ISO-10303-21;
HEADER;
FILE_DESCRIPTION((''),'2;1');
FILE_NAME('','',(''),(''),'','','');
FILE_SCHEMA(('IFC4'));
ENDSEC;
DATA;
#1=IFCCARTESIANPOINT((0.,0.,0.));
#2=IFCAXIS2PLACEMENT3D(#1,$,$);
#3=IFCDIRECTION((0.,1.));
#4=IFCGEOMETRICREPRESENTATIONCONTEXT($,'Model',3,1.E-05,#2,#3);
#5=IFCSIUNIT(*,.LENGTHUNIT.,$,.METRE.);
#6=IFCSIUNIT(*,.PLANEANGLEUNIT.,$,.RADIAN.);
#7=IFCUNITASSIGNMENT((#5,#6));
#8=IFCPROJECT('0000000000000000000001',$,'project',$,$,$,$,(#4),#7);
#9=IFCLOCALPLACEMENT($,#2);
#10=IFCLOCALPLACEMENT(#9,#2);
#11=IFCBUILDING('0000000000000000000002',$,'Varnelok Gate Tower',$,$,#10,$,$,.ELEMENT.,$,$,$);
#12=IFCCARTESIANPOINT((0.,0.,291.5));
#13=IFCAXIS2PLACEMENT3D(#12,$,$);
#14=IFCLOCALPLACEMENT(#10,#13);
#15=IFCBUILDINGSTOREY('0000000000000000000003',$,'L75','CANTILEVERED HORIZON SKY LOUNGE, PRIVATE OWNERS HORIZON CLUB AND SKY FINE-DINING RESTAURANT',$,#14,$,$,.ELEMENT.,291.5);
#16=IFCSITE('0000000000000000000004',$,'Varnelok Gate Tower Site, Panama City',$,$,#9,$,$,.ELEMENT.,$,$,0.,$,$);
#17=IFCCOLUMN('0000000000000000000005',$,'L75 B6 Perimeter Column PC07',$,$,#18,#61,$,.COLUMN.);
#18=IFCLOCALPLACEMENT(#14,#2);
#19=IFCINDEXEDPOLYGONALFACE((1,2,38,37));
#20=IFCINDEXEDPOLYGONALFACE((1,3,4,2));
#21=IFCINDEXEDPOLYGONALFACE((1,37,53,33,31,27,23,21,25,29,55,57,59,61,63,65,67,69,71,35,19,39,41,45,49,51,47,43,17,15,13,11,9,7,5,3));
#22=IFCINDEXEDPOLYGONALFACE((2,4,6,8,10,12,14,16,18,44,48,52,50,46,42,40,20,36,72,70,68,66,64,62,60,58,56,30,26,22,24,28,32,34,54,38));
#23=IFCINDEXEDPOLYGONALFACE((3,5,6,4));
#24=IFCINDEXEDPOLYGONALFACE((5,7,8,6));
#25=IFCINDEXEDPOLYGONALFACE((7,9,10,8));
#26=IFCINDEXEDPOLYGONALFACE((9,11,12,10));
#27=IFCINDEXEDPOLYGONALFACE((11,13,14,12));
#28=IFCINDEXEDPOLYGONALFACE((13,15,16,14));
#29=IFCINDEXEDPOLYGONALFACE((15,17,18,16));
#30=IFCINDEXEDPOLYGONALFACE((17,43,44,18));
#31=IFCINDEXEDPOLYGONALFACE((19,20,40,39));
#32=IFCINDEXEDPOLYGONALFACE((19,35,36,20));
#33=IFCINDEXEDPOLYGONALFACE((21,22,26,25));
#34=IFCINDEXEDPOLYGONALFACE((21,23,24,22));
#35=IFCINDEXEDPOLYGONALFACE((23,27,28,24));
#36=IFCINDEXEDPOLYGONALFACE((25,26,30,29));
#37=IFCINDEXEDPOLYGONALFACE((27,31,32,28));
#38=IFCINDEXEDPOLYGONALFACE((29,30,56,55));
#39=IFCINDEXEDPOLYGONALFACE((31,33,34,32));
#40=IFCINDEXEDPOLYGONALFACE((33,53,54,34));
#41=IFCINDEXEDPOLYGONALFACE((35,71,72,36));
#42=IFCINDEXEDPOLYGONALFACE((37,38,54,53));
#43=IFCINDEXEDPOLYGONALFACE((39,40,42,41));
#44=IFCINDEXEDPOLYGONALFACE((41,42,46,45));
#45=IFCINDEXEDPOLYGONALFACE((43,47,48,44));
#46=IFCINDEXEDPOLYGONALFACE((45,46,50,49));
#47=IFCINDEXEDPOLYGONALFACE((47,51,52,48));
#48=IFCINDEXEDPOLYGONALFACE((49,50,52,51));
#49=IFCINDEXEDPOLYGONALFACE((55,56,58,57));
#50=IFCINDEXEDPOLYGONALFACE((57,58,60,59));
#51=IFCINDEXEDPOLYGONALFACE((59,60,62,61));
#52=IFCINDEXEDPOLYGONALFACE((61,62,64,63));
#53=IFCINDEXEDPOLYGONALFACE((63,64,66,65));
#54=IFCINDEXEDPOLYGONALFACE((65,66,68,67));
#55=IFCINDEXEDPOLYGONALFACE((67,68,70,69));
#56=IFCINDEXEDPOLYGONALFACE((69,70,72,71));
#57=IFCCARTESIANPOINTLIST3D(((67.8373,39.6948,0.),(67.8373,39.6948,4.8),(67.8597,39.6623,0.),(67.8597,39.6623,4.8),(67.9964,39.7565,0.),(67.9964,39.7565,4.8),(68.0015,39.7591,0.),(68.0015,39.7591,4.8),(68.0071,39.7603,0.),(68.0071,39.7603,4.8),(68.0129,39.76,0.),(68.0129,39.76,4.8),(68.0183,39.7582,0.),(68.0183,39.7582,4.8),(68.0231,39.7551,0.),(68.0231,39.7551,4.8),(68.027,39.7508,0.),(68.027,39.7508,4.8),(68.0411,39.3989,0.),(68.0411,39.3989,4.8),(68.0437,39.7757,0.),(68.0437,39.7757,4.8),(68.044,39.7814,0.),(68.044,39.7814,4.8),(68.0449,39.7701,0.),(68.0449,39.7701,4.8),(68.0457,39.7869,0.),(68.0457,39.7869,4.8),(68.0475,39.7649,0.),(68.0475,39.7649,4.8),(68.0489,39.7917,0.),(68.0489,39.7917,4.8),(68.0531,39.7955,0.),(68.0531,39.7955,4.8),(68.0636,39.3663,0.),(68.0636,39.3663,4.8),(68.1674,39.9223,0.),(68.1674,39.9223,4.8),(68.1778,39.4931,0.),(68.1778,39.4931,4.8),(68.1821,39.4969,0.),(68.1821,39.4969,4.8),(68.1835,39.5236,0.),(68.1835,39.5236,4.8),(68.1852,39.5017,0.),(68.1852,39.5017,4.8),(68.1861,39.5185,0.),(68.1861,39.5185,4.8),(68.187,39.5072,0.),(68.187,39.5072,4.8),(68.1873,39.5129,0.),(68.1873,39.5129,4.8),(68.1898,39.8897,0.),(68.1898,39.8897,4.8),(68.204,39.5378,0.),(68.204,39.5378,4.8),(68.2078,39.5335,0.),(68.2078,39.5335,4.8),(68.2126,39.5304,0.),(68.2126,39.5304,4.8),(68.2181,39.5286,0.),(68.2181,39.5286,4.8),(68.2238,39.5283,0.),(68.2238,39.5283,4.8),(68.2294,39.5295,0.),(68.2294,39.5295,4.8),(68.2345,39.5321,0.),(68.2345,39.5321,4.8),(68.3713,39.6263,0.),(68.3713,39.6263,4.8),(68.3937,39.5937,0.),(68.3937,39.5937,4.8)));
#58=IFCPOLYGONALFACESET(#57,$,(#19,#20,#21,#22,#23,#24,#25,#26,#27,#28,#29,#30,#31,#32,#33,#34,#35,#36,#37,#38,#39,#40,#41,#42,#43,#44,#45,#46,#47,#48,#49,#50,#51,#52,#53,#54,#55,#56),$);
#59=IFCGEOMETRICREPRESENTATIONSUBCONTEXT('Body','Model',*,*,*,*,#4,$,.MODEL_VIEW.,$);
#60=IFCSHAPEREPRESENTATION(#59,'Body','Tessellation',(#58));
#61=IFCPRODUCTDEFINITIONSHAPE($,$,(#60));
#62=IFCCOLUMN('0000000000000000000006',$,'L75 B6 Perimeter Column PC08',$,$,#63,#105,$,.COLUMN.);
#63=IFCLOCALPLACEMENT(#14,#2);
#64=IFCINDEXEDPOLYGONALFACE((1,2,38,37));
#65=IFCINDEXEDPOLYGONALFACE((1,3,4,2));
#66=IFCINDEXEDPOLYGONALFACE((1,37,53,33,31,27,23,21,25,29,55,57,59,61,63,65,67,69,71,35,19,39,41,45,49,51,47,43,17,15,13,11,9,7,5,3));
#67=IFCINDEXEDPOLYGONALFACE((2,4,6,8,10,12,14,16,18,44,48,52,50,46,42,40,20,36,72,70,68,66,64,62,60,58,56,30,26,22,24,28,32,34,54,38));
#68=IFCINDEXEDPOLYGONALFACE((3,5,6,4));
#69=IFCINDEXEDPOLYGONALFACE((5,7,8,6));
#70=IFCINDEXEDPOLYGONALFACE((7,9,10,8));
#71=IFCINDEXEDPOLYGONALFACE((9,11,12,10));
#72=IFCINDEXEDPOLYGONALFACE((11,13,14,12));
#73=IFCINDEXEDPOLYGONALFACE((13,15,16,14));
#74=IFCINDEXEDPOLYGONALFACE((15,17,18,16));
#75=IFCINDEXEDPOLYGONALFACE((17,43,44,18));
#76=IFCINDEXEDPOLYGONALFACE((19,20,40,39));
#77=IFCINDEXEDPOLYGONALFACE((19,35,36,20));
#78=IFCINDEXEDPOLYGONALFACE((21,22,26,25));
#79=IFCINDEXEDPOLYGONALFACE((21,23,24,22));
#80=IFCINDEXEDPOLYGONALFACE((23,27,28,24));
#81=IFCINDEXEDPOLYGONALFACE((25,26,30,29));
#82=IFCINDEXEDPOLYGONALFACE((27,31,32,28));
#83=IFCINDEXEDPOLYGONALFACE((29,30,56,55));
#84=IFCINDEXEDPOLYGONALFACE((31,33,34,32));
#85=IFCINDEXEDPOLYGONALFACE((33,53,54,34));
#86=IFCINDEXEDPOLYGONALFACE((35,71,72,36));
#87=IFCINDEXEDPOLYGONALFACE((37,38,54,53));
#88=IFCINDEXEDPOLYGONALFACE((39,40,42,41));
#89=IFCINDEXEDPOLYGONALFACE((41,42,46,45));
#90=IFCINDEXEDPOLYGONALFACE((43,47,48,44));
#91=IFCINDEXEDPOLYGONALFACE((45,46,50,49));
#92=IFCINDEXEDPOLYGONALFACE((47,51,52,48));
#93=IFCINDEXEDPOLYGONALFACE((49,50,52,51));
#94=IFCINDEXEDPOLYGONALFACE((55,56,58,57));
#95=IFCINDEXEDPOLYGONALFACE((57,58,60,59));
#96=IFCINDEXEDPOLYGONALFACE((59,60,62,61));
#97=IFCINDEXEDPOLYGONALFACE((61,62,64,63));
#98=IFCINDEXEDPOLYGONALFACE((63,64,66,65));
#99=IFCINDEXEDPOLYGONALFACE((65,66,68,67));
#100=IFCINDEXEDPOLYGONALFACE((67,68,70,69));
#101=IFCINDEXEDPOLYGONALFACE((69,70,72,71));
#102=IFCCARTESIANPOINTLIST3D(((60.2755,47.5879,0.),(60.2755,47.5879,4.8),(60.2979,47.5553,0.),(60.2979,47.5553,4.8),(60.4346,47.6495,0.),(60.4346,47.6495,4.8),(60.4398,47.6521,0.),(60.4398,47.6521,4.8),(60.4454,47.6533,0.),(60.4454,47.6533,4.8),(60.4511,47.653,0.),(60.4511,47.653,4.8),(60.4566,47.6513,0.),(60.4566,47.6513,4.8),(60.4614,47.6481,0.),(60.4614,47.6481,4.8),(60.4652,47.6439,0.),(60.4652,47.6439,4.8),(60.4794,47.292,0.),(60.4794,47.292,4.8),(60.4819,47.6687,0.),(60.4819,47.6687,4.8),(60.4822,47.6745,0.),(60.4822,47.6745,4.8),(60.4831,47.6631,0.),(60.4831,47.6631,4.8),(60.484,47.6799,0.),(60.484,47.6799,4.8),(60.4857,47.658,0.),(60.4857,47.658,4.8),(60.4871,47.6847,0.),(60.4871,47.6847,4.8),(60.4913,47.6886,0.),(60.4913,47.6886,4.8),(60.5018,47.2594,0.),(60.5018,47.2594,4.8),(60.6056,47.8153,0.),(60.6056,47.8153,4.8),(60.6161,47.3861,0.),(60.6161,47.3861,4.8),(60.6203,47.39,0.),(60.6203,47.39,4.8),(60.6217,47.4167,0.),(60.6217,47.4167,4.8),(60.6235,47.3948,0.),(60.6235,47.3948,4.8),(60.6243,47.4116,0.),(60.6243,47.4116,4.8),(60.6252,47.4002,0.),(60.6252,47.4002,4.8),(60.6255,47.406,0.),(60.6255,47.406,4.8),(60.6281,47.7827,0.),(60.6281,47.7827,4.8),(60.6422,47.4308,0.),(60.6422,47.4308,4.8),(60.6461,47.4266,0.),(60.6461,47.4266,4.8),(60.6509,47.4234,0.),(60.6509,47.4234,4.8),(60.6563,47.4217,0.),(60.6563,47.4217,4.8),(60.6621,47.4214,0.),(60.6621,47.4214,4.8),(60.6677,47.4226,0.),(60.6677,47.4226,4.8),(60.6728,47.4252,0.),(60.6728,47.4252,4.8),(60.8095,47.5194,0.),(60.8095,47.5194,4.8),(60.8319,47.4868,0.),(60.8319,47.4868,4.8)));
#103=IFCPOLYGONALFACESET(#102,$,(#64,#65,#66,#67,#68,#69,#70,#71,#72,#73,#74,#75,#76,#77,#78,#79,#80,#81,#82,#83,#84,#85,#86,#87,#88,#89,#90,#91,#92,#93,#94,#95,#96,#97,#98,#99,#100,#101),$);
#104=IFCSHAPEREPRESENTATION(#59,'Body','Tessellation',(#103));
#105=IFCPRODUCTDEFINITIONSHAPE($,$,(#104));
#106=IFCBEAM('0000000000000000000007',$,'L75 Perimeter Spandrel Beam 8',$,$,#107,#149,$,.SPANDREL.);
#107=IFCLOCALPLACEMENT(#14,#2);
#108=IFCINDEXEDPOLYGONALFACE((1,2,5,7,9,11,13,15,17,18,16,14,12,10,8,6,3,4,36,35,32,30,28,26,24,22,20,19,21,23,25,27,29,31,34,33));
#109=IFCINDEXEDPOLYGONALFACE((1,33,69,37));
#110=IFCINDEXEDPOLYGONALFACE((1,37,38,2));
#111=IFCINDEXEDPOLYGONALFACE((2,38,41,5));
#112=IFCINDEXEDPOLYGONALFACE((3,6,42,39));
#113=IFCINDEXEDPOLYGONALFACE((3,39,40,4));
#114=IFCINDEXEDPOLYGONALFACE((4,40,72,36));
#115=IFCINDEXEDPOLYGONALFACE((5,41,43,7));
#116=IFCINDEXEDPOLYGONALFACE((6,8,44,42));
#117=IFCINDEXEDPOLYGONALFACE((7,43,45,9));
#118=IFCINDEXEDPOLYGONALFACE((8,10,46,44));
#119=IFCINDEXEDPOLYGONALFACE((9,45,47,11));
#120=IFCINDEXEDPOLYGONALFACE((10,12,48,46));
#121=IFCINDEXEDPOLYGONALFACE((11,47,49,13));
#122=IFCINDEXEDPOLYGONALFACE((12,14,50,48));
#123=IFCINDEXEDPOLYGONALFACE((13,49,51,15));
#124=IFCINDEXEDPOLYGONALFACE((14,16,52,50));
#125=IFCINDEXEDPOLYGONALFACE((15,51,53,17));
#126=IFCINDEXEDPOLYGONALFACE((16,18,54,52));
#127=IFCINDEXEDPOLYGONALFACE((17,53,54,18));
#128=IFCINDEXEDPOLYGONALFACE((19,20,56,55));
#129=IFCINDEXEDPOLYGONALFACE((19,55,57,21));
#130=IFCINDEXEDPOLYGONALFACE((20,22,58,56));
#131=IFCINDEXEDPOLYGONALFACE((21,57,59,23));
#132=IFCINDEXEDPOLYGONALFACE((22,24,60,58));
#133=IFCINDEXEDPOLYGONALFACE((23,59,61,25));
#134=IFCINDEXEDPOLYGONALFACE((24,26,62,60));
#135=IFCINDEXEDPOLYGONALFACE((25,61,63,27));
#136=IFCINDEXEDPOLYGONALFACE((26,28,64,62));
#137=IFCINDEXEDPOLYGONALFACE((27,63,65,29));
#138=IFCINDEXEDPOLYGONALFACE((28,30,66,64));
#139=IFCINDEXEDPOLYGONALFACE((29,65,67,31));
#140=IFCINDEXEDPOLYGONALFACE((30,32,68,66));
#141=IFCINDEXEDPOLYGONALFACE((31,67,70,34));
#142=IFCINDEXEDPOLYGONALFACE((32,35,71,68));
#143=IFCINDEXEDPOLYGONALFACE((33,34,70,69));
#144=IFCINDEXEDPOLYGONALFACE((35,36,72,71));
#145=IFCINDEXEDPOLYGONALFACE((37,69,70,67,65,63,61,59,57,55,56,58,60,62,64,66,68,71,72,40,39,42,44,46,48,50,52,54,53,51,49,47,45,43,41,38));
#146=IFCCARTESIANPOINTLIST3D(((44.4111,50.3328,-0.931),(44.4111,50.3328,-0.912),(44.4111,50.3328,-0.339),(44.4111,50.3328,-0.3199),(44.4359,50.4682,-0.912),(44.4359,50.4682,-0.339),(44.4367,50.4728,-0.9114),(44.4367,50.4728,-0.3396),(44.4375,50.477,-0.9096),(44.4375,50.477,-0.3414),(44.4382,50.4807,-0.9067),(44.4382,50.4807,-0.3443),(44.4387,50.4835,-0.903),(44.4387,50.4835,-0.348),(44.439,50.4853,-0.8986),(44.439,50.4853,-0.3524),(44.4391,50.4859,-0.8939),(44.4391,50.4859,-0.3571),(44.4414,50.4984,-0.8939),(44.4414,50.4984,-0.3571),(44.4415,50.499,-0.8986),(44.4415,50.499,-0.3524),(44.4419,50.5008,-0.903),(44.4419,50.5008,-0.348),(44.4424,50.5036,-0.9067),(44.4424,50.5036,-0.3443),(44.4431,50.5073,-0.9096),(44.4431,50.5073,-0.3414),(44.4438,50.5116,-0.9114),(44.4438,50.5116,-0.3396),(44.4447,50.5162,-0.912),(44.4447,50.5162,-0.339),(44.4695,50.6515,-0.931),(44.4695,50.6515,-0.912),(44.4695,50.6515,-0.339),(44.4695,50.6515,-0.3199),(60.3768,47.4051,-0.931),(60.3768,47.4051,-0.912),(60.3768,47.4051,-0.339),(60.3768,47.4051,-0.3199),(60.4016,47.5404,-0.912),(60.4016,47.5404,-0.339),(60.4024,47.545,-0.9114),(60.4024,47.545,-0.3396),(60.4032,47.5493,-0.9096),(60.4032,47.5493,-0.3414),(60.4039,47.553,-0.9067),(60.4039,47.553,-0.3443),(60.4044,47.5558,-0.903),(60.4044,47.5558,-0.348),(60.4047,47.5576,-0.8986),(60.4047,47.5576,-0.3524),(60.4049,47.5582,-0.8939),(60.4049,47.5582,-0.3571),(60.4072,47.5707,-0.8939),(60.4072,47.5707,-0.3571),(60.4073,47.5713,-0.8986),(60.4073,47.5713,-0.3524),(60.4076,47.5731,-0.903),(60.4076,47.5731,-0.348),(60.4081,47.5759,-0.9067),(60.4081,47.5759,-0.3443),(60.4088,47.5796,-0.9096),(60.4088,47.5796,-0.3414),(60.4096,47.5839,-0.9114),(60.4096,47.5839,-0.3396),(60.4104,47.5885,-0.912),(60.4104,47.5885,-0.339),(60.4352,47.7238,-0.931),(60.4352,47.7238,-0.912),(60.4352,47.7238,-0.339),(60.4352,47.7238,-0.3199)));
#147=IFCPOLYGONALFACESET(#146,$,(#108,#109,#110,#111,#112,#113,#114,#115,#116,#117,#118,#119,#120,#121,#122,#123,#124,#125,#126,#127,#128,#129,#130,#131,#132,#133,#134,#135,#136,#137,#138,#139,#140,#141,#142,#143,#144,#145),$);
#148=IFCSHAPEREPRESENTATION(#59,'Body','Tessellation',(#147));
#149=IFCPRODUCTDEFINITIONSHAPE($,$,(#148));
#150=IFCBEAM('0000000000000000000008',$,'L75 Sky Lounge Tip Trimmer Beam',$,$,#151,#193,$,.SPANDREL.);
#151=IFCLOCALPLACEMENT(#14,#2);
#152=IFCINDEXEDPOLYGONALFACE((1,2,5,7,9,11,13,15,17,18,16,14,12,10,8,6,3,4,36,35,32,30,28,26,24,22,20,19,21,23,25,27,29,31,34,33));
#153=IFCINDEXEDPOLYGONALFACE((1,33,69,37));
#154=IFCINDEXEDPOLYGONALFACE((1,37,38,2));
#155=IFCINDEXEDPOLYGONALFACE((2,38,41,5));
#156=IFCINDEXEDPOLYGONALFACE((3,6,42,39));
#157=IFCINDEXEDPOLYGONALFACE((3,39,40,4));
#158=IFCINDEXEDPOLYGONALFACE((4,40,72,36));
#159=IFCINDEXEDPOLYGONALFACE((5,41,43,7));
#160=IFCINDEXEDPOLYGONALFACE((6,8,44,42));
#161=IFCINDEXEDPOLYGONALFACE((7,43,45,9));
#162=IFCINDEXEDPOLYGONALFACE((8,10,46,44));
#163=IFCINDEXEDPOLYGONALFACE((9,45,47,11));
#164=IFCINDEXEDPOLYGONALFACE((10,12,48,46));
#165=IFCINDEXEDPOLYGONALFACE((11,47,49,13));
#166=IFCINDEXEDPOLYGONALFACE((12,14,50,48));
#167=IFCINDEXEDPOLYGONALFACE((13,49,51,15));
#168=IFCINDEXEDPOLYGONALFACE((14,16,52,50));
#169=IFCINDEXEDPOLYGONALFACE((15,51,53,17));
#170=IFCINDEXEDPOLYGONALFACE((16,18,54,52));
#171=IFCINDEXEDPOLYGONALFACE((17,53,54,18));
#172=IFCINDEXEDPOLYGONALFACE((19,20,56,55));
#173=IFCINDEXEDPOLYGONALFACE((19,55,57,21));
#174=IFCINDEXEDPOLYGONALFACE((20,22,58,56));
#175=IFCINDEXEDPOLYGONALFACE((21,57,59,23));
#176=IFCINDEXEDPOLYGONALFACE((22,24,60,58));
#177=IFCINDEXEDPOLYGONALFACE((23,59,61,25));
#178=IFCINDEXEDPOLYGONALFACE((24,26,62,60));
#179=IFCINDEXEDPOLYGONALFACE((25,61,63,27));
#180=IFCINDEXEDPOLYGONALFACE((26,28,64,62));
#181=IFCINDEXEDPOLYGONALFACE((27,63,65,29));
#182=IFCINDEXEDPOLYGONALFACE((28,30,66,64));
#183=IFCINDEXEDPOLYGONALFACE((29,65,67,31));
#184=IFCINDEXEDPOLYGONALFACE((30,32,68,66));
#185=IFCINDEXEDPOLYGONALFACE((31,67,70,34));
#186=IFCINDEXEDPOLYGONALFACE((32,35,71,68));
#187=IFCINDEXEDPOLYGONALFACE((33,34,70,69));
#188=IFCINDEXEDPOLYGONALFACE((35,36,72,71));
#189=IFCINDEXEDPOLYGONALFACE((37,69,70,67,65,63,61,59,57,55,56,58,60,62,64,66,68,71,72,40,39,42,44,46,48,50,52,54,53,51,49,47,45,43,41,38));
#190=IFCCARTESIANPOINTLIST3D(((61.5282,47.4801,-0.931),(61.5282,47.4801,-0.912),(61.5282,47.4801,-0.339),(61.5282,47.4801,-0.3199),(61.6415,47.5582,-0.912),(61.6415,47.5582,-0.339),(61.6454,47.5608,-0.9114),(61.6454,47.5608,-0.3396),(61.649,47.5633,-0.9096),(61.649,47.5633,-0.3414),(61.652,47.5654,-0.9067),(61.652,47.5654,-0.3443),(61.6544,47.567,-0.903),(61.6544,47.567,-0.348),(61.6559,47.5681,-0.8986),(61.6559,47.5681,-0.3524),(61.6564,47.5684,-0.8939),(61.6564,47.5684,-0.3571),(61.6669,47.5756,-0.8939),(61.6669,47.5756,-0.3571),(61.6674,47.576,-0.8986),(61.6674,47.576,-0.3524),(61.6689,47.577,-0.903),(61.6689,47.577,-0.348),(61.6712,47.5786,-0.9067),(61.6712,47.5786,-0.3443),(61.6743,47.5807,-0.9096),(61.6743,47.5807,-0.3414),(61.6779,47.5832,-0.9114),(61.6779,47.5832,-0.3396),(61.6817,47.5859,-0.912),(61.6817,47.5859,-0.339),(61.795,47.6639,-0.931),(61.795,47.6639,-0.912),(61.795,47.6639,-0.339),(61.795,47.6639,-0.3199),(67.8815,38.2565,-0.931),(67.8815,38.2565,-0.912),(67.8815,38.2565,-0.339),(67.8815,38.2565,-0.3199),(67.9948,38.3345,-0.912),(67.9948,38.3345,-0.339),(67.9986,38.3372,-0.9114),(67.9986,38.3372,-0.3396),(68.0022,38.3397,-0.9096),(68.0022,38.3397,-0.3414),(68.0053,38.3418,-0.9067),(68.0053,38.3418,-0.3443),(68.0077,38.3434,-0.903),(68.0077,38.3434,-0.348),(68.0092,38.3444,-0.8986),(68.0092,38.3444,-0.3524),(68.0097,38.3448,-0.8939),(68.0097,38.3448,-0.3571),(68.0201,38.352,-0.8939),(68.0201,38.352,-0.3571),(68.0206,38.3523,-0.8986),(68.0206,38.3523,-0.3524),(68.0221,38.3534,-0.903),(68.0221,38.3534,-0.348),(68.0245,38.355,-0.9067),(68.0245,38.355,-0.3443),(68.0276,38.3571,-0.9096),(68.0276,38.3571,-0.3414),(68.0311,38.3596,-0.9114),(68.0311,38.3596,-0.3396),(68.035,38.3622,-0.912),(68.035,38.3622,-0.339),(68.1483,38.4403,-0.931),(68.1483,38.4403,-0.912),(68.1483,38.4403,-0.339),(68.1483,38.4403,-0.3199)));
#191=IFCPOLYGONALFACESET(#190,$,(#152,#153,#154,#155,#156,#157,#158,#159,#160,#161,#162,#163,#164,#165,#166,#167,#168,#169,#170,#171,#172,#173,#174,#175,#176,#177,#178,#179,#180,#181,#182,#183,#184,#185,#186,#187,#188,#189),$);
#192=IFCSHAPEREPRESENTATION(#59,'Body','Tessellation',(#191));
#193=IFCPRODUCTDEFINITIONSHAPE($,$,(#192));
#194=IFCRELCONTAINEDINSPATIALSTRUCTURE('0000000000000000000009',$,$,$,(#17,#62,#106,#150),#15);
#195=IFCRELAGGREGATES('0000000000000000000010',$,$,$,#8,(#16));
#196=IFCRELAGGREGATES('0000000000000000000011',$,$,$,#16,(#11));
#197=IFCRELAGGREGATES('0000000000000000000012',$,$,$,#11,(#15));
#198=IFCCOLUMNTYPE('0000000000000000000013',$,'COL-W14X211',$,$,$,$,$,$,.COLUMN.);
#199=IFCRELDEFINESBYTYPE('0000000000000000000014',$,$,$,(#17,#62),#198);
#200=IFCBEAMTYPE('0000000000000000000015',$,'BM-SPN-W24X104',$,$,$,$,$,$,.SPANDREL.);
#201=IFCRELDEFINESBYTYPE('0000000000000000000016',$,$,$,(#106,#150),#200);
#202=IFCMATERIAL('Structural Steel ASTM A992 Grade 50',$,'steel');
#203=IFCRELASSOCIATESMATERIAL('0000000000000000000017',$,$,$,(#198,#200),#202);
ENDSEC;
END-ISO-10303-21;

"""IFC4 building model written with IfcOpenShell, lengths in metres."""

from ifc_helpers import new_model, si_unit, direction, frame, origin, origin_2d, place, context, subcontext, project, spatial, i_section, extrude, material, material_profile, profile_set, type_object, element, save


model = new_model("IFC4")

# Units and contexts
model_context = context("Model", 3, precision=1e-05, world=origin(), true_north=direction((0.0, 1.0)))
body_context = subcontext(model_context, "Body", "Model", "MODEL_VIEW")
ifc_project = project(units=[si_unit("LENGTHUNIT", "METRE"), si_unit("PLANEANGLEUNIT", "RADIAN")], contexts=[model_context])

# Site, building, storey
site_placement = place(None, origin())
site = spatial("IfcSite", under=ifc_project, at=site_placement, Name="Varnelok Gate Tower Site, Panama City", CompositionType="ELEMENT", RefElevation=0.0)
building_placement = place(site_placement, origin())
building = spatial("IfcBuilding", under=site, at=building_placement, Name="Varnelok Gate Tower", CompositionType="ELEMENT")
storey_placement = place(building_placement, frame((0.0, 0.0, 291.5)))
storey = spatial("IfcBuildingStorey", under=building, at=storey_placement, Name="L75", Description="CANTILEVERED HORIZON SKY LOUNGE, PRIVATE OWNERS HORIZON CLUB AND SKY FINE-DINING RESTAURANT", CompositionType="ELEMENT", Elevation=291.5)

# Columns
ifc_material_1 = material(Name="Structural Steel ASTM A992 Grade 50", Category="steel")
ifc_material_profile_1 = material_profile(ifc_material_1, i_section(OverallWidth=0.4009, OverallDepth=0.3989, WebThickness=0.0249, FlangeThickness=0.0396, FilletRadius=0.022, at=origin_2d()), Name="W14X211")
ifc_profile_set_1 = profile_set([ifc_material_profile_1], Name="Structural Steel ASTM A992 Grade 50")
column_type = type_object("IfcColumnType", Name="COL-W14X211", PredefinedType="COLUMN", material=ifc_profile_set_1)
for number, where, z_axis, x_axis, name in (
    (1, (68.1155, 39.6443, 0.0), (0.0, 0.0, 1.0), (0.823533, 0.567269, 0.0), "L75 B6 Perimeter Column PC07"),
    (2, (60.5537, 47.5374, 0.0), (0.0, 0.0, 1.0), (0.823533, 0.567269, 0.0), "L75 B6 Perimeter Column PC08"),
):
    element("IfcColumn", number, at=place(storey_placement, frame(where, z_axis=z_axis, x_axis=x_axis)), inside=storey, type_object=column_type, Name=name, PredefinedType="COLUMN", context=body_context, shape_type="SweptSolid", body=[
        extrude(i_section(OverallWidth=0.4009, OverallDepth=0.3989, WebThickness=0.0249, FlangeThickness=0.0396, FilletRadius=0.022, at=origin_2d()), origin(), (0.0, 0.0, 1.0), 4.8),
    ])

# Beams
ifc_material_profile_2 = material_profile(ifc_material_1, i_section(OverallWidth=0.324, OverallDepth=0.6111, WebThickness=0.0127, FlangeThickness=0.019, FilletRadius=0.0181, at=origin_2d()), Name="W24X104")
ifc_profile_set_2 = profile_set([ifc_material_profile_2], Name="Structural Steel ASTM A992 Grade 50")
beam_type = type_object("IfcBeamType", Name="BM-SPN-W24X104", PredefinedType="SPANDREL", material=ifc_profile_set_2)
beam_1_placement = place(storey_placement, frame((60.406, 47.5645, -0.6255), z_axis=(-0.983599, 0.180368, 0.0), x_axis=(-0.180368, -0.983599, 0.0)))
element("IfcBeam", 3, at=beam_1_placement, inside=storey, type_object=beam_type, Name="L75 Perimeter Spandrel Beam 8", PredefinedType="SPANDREL", context=body_context, shape_type="SweptSolid", body=[
    extrude(i_section(OverallWidth=0.324, OverallDepth=0.6111, WebThickness=0.0127, FlangeThickness=0.019, FilletRadius=0.0181, at=origin_2d()), origin(), (0.0, 0.0, 1.0), 16.2319),
])
beam_2_placement = place(storey_placement, frame((68.0149, 38.3484, -0.6255), z_axis=(-0.567258, 0.82354, 0.0), x_axis=(-0.82354, -0.567258, 0.0)))
element("IfcBeam", 4, at=beam_2_placement, inside=storey, type_object=beam_type, Name="L75 Sky Lounge Tip Trimmer Beam", PredefinedType="SPANDREL", context=body_context, shape_type="SweptSolid", body=[
    extrude(i_section(OverallWidth=0.324, OverallDepth=0.6111, WebThickness=0.0127, FlangeThickness=0.019, FilletRadius=0.0181, at=origin_2d()), origin(), (0.0, 0.0, 1.0), 11.2),
])

save(model, "model.ifc")
